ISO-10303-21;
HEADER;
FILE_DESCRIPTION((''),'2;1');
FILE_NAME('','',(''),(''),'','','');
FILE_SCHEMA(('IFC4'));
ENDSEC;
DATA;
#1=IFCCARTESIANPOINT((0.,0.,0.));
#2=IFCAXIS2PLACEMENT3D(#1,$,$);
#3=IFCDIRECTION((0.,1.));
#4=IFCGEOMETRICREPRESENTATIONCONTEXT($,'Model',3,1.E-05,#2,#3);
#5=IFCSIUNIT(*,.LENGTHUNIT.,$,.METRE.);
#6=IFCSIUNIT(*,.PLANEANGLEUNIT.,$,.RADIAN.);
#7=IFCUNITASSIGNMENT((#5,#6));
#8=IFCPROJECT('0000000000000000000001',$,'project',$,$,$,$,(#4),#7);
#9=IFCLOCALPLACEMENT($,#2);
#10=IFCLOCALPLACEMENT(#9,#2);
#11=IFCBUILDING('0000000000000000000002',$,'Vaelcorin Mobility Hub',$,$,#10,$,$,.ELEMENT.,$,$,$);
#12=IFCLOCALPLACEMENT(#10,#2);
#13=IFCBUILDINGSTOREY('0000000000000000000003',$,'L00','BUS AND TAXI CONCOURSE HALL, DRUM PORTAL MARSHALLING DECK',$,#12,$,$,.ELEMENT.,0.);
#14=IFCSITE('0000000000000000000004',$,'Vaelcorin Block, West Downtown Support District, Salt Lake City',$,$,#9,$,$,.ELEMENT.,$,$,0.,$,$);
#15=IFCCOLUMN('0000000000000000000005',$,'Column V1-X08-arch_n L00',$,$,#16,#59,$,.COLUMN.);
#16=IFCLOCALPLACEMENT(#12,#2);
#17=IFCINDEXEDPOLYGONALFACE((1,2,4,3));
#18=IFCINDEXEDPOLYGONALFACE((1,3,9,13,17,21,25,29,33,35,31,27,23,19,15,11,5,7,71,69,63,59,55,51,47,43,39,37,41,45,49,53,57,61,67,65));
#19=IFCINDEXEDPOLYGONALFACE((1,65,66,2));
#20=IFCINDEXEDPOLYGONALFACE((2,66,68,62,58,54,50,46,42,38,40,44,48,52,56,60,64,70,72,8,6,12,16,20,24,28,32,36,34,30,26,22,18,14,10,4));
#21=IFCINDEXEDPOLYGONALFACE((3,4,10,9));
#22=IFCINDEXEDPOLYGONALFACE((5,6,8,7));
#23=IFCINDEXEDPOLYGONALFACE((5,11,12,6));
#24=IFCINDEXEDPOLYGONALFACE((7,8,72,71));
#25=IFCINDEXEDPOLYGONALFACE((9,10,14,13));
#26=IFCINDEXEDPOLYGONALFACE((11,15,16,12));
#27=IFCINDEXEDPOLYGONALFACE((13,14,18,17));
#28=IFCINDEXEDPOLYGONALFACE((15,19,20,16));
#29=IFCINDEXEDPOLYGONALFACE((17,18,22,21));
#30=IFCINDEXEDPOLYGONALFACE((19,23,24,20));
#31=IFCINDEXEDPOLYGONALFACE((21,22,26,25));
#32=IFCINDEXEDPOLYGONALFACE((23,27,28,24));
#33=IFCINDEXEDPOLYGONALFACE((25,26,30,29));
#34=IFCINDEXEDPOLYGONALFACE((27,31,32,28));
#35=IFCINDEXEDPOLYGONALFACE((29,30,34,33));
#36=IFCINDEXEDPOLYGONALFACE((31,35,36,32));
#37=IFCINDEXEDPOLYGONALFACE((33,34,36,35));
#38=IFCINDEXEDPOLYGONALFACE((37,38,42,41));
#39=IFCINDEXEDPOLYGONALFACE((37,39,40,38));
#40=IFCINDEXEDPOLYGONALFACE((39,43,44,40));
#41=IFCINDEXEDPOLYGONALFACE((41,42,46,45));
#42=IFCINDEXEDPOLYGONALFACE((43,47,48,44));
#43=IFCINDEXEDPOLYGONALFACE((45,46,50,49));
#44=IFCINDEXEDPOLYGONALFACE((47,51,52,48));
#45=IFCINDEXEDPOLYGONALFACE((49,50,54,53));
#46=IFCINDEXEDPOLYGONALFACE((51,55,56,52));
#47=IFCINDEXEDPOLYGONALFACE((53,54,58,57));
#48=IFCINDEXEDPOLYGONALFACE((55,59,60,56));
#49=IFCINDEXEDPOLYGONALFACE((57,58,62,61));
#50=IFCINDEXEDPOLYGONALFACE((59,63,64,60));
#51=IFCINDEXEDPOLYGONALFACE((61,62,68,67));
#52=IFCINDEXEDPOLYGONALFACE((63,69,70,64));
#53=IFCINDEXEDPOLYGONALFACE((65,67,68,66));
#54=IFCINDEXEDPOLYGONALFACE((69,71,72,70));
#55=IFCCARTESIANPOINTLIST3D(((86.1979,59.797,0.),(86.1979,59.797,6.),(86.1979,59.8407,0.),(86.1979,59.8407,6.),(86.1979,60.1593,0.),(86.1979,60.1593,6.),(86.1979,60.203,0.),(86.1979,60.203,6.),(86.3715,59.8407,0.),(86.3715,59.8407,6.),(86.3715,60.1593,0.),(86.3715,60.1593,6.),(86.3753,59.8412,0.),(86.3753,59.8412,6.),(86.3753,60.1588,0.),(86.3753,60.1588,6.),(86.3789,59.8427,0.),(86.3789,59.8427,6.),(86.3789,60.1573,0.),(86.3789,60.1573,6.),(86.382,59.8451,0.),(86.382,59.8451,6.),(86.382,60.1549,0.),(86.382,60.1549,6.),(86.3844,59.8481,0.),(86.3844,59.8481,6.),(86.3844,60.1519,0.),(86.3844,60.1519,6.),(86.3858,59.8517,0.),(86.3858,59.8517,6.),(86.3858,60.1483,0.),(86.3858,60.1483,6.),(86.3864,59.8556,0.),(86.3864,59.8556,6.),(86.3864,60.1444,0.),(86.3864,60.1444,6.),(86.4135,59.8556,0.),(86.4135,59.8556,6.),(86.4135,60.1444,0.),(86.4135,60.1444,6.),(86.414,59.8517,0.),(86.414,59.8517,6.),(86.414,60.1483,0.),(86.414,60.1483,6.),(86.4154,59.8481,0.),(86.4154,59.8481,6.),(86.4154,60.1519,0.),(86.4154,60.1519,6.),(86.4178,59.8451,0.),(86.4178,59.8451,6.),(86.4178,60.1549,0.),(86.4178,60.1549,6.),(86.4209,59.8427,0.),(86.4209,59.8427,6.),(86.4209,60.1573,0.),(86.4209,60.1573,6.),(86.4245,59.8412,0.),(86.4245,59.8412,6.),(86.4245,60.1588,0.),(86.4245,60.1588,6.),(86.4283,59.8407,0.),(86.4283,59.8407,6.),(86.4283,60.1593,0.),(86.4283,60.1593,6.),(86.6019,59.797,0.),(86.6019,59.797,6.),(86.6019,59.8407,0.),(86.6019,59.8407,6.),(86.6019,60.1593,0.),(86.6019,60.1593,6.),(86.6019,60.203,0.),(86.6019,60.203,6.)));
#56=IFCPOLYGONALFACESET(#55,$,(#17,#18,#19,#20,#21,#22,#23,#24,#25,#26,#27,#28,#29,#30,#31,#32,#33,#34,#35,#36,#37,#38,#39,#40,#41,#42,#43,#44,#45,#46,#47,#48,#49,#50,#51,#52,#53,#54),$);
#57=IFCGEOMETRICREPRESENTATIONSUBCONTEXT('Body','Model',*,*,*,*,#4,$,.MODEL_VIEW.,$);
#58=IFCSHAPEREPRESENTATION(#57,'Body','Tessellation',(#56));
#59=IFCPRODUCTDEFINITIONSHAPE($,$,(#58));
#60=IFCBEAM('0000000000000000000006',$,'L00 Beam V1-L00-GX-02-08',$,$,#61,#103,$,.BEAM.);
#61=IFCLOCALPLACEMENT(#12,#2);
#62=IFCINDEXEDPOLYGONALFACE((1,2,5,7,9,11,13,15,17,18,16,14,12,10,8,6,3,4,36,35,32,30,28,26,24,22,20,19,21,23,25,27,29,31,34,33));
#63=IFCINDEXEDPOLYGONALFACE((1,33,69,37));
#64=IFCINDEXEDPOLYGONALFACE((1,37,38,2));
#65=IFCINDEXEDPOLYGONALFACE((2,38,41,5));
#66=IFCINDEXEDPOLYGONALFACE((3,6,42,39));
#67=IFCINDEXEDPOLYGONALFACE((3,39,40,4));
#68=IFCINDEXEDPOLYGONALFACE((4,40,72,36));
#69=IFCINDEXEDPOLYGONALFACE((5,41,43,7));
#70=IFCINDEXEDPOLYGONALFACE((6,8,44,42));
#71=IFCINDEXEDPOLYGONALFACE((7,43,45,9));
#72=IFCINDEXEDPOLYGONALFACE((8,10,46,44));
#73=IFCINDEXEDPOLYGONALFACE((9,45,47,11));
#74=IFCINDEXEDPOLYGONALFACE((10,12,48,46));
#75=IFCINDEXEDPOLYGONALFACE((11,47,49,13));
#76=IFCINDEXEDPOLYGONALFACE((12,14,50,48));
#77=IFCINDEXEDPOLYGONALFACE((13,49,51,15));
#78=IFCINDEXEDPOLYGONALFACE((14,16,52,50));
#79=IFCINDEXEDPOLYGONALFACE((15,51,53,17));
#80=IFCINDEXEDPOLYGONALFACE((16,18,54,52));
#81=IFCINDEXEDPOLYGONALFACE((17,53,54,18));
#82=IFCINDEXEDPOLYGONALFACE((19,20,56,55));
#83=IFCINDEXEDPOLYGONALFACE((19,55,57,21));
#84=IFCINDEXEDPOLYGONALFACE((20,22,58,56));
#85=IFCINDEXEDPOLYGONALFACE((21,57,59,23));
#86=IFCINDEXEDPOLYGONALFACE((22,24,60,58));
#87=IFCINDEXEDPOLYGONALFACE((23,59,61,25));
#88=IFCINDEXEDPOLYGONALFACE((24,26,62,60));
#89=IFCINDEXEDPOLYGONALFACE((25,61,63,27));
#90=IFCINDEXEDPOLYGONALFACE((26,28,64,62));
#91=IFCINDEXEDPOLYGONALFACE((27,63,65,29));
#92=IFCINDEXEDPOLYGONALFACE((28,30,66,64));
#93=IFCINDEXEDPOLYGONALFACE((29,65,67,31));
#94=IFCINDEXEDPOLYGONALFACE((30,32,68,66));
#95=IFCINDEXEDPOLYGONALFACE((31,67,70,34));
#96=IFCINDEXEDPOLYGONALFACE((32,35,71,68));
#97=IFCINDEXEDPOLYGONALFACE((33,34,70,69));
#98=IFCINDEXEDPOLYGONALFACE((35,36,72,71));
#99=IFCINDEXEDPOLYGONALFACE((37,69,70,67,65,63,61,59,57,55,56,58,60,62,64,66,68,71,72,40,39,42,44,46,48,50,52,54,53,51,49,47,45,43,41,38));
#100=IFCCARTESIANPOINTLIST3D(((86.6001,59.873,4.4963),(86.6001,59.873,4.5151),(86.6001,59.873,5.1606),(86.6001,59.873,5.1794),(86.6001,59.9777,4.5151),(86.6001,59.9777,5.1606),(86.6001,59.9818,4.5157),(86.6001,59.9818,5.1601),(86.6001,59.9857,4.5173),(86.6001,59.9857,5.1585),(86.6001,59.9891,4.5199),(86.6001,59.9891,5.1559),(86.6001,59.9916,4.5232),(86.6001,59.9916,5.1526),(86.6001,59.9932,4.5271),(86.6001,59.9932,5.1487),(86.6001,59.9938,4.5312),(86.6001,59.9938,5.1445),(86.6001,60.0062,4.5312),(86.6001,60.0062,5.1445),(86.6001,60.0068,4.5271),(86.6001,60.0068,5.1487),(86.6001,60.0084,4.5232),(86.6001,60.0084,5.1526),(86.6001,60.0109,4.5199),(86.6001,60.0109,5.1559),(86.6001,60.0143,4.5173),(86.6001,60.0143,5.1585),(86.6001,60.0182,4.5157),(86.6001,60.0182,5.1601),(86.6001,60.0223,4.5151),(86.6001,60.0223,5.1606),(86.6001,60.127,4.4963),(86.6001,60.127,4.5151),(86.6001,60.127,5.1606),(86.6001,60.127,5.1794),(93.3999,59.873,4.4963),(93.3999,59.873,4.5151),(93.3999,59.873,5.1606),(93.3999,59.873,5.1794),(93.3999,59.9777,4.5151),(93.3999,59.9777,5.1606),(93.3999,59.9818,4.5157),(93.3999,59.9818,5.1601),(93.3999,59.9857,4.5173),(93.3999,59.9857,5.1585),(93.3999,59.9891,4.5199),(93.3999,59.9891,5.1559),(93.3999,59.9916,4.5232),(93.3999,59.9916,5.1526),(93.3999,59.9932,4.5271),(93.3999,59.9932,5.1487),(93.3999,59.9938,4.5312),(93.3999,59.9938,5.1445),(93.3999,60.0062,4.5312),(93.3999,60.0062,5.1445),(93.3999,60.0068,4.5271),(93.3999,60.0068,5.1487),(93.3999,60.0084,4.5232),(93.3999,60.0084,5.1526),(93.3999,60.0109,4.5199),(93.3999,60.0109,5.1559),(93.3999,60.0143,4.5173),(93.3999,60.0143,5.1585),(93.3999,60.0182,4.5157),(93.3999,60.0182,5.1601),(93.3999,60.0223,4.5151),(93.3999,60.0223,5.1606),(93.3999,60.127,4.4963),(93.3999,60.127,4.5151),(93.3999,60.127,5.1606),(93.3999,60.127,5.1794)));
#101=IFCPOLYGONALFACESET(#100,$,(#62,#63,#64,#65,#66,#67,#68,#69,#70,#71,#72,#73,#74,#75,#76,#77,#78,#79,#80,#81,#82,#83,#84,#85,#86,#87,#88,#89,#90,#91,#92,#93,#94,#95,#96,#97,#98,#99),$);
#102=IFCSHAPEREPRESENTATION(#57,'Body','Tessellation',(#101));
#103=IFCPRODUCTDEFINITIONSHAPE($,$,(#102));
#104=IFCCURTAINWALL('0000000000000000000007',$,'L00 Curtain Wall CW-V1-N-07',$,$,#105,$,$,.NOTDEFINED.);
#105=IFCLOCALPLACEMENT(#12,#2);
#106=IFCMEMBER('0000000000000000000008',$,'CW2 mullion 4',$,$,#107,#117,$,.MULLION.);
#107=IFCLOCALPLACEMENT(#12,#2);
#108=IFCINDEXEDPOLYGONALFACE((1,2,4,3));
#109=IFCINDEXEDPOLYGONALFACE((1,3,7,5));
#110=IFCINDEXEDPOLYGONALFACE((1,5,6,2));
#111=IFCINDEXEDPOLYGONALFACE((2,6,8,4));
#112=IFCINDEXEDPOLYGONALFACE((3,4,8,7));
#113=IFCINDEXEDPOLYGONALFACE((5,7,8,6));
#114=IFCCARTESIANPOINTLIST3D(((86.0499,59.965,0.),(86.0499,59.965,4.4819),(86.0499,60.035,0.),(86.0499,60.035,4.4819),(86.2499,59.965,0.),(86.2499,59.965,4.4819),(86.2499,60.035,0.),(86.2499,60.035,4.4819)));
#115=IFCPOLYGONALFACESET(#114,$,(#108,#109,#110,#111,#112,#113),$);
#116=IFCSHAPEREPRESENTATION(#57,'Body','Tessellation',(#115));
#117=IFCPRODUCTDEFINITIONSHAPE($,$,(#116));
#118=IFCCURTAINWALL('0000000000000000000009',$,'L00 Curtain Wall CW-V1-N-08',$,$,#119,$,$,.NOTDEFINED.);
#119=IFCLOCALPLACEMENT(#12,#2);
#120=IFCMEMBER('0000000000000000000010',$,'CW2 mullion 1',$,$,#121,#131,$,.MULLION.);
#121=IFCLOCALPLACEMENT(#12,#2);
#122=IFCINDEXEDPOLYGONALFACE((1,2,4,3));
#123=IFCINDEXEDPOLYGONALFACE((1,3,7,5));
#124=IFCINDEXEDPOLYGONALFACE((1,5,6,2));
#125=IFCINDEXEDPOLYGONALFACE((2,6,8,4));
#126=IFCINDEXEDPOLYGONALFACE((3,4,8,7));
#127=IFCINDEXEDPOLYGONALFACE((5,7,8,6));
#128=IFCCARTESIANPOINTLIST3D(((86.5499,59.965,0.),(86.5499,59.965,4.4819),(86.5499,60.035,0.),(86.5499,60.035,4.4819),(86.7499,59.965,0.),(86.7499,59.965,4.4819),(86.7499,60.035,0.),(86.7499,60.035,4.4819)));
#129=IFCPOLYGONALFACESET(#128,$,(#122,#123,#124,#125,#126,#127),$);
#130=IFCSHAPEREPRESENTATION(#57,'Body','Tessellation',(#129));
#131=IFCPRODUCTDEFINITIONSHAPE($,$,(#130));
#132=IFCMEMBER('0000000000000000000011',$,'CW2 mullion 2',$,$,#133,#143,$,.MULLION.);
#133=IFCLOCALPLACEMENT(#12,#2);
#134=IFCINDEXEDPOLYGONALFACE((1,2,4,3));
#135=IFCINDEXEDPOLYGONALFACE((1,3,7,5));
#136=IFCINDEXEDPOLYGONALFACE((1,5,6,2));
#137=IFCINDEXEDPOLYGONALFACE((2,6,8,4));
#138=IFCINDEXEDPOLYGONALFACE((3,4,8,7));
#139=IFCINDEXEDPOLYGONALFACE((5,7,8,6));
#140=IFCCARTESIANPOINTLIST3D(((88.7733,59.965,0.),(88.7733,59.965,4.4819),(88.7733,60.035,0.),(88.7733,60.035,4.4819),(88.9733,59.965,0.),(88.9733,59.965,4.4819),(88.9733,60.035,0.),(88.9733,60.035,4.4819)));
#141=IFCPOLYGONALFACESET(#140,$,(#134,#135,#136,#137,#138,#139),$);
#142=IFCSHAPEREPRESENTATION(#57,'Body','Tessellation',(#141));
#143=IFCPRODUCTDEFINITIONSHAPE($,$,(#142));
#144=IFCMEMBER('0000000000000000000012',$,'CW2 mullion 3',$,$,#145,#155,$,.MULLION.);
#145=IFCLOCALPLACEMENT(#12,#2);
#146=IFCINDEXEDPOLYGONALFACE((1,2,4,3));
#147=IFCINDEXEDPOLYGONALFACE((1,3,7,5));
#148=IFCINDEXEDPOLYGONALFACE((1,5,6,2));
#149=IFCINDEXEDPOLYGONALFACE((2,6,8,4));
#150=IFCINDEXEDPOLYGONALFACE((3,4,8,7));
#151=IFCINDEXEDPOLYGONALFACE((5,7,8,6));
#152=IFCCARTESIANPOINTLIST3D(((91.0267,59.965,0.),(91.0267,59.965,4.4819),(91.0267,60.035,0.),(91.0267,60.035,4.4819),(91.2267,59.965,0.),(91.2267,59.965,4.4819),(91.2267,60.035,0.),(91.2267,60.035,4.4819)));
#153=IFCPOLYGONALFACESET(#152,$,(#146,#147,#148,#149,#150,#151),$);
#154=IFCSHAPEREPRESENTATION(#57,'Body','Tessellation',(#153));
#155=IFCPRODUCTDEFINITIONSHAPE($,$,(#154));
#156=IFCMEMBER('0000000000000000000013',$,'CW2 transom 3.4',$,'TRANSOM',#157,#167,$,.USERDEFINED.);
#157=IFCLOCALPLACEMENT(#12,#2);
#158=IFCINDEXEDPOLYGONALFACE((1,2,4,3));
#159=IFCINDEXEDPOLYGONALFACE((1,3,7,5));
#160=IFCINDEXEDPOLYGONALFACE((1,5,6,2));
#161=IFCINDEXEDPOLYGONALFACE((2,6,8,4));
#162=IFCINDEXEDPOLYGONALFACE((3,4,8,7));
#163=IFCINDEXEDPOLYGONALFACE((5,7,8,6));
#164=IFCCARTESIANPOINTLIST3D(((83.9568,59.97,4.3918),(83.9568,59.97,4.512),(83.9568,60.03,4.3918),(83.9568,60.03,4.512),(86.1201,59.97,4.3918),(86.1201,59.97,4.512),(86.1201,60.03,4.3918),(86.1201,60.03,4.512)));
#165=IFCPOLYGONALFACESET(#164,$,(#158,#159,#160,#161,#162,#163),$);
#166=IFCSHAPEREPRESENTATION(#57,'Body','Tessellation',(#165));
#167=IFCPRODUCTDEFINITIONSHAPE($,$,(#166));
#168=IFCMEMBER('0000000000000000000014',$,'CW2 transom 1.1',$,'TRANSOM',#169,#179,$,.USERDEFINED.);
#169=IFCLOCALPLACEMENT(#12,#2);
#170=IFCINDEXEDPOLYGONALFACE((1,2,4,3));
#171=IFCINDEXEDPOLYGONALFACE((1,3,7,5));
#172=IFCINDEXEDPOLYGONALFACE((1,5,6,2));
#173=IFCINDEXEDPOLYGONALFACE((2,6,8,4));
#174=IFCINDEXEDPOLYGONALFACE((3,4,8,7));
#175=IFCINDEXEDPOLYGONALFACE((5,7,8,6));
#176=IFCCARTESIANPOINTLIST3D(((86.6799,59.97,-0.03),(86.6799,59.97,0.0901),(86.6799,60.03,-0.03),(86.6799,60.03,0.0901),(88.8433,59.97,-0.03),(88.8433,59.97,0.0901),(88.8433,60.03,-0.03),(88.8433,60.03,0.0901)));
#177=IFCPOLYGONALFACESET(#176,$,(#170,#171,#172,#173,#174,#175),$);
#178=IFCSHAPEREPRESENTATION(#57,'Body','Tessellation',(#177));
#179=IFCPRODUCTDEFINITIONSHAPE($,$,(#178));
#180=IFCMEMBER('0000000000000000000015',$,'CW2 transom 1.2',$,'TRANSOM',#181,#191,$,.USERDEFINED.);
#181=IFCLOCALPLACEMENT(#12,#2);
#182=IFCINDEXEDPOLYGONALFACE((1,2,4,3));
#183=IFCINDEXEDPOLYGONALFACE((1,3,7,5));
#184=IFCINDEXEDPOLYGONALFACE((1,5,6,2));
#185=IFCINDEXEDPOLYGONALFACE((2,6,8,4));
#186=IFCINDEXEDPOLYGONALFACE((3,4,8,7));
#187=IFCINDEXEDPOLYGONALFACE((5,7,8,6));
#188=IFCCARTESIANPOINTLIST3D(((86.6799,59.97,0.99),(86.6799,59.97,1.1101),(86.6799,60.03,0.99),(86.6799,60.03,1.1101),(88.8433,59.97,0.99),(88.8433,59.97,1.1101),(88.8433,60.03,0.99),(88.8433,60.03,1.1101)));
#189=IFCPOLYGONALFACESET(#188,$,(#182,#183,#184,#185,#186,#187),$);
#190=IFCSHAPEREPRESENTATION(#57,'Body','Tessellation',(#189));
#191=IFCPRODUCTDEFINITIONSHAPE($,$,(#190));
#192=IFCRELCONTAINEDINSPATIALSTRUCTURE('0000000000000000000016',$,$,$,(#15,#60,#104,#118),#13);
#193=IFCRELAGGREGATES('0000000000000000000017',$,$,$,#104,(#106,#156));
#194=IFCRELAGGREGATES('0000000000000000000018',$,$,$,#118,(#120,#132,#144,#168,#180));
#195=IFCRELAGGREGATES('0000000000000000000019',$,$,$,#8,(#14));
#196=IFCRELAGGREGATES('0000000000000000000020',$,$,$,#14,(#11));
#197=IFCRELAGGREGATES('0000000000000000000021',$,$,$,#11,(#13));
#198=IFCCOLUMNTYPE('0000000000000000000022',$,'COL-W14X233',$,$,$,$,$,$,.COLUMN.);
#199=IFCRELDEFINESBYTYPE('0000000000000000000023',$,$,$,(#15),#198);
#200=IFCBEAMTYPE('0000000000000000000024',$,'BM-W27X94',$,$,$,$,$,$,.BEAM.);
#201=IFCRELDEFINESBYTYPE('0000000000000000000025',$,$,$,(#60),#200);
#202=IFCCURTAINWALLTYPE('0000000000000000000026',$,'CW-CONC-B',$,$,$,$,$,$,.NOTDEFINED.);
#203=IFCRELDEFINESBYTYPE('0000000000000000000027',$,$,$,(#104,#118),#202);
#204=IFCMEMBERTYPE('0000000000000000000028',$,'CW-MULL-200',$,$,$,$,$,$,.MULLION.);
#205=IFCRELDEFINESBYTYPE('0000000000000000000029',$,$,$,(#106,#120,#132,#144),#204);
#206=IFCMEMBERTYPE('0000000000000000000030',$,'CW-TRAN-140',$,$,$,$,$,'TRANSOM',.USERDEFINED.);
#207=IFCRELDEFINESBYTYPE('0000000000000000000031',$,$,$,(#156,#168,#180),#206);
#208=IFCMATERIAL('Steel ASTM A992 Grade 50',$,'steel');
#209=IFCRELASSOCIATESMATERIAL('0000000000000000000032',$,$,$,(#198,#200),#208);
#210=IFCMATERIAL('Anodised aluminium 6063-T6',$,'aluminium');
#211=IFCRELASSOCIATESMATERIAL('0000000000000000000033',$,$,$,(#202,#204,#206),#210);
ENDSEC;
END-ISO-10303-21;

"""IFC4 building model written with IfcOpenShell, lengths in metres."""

from ifc_helpers import new_model, si_unit, direction, frame, origin, origin_2d, place, context, subcontext, project, spatial, rectangle, i_section, extrude, material, material_profile, profile_set, type_object, element, aggregate, save


model = new_model("IFC4")

# Units and contexts
model_context = context("Model", 3, precision=1e-05, world=origin(), true_north=direction((0.0, 1.0)))
body_context = subcontext(model_context, "Body", "Model", "MODEL_VIEW")
ifc_project = project(units=[si_unit("LENGTHUNIT", "METRE"), si_unit("PLANEANGLEUNIT", "RADIAN")], contexts=[model_context])

# Site, building, storey
site_placement = place(None, origin())
site = spatial("IfcSite", under=ifc_project, at=site_placement, Name="Vaelcorin Block, West Downtown Support District, Salt Lake City", CompositionType="ELEMENT", RefElevation=0.0)
building_placement = place(site_placement, origin())
building = spatial("IfcBuilding", under=site, at=building_placement, Name="Vaelcorin Mobility Hub", CompositionType="ELEMENT")
storey_placement = place(building_placement, origin())
storey = spatial("IfcBuildingStorey", under=building, at=storey_placement, Name="L00", Description="BUS AND TAXI CONCOURSE HALL, DRUM PORTAL MARSHALLING DECK", CompositionType="ELEMENT", Elevation=0.0)

# Column
ifc_material_1 = material(Name="Steel ASTM A992 Grade 50", Category="steel")
ifc_material_profile_1 = material_profile(ifc_material_1, i_section(OverallWidth=0.4041, OverallDepth=0.406, WebThickness=0.0271, FlangeThickness=0.0437, FilletRadius=0.0149, at=origin_2d()), Name="W14X233")
ifc_profile_set_1 = profile_set([ifc_material_profile_1], Name="Steel ASTM A992 Grade 50")
column_type = type_object("IfcColumnType", Name="COL-W14X233", PredefinedType="COLUMN", material=ifc_profile_set_1)
column_placement = place(storey_placement, frame((86.3999, 60.0, 0.0), z_axis=(0.0, 0.0, 1.0), x_axis=(1.0, 0.0, 0.0)))
element("IfcColumn", 1, at=column_placement, inside=storey, type_object=column_type, Name="Column V1-X08-arch_n L00", PredefinedType="COLUMN", context=body_context, shape_type="SweptSolid", body=[
    extrude(i_section(OverallWidth=0.4041, OverallDepth=0.406, WebThickness=0.0271, FlangeThickness=0.0437, FilletRadius=0.0149, at=origin_2d()), origin(), (0.0, 0.0, 1.0), 6.0),
])

# Beam
ifc_material_profile_2 = material_profile(ifc_material_1, i_section(OverallWidth=0.2539, OverallDepth=0.6831, WebThickness=0.0125, FlangeThickness=0.0188, FilletRadius=0.0161, at=origin_2d()), Name="W27X94")
ifc_profile_set_2 = profile_set([ifc_material_profile_2], Name="Steel ASTM A992 Grade 50")
beam_type = type_object("IfcBeamType", Name="BM-W27X94", PredefinedType="BEAM", material=ifc_profile_set_2)
beam_placement = place(storey_placement, frame((86.6001, 60.0, 4.8379), z_axis=(1.0, 0.0, 0.0), x_axis=(0.0, 1.0, 0.0)))
element("IfcBeam", 2, at=beam_placement, inside=storey, type_object=beam_type, Name="L00 Beam V1-L00-GX-02-08", PredefinedType="BEAM", context=body_context, shape_type="SweptSolid", body=[
    extrude(i_section(OverallWidth=0.2539, OverallDepth=0.6831, WebThickness=0.0125, FlangeThickness=0.0188, FilletRadius=0.0161, at=origin_2d()), origin(), (0.0, 0.0, 1.0), 6.7998),
])

# Curtain wall, member
ifc_material_2 = material(Name="Anodised aluminium 6063-T6", Category="aluminium")
curtain_wall_type = type_object("IfcCurtainWallType", Name="CW-CONC-B", PredefinedType="NOTDEFINED", material=ifc_material_2)
curtain_wall_1_placement = place(storey_placement, origin())
curtain_wall_1 = element("IfcCurtainWall", 3, at=curtain_wall_1_placement, inside=storey, type_object=curtain_wall_type, Name="L00 Curtain Wall CW-V1-N-07", PredefinedType="NOTDEFINED")
ifc_material_profile_3 = material_profile(ifc_material_2, rectangle(XDim=0.0701, YDim=0.2, at=origin_2d()), Name="ALU-M70X200")
ifc_profile_set_3 = profile_set([ifc_material_profile_3], Name="Anodised aluminium 6063-T6")
member_type_1 = type_object("IfcMemberType", Name="CW-MULL-200", PredefinedType="MULLION", material=ifc_profile_set_3)
member_1_placement = place(storey_placement, frame((86.1499, 60.0, 0.0), z_axis=(0.0, 0.0, 1.0), x_axis=(0.0, 1.0, 0.0)))
member_1 = element("IfcMember", 4, at=member_1_placement, type_object=member_type_1, Name="CW2 mullion 4", PredefinedType="MULLION", context=body_context, shape_type="SweptSolid", body=[
    extrude(rectangle(XDim=0.0701, YDim=0.2, at=origin_2d()), origin(), (0.0, 0.0, 1.0), 4.4819),
])

# Curtain wall, members
curtain_wall_2_placement = place(storey_placement, origin())
curtain_wall_2 = element("IfcCurtainWall", 5, at=curtain_wall_2_placement, inside=storey, type_object=curtain_wall_type, Name="L00 Curtain Wall CW-V1-N-08", PredefinedType="NOTDEFINED")
member_2_placement = place(storey_placement, frame((86.6499, 60.0, 0.0), z_axis=(0.0, 0.0, 1.0), x_axis=(0.0, 1.0, 0.0)))
member_2 = element("IfcMember", 6, at=member_2_placement, type_object=member_type_1, Name="CW2 mullion 1", PredefinedType="MULLION", context=body_context, shape_type="SweptSolid", body=[
    extrude(rectangle(XDim=0.0701, YDim=0.2, at=origin_2d()), origin(), (0.0, 0.0, 1.0), 4.4819),
])
member_3_placement = place(storey_placement, frame((88.8733, 60.0, 0.0), z_axis=(0.0, 0.0, 1.0), x_axis=(0.0, 1.0, 0.0)))
member_3 = element("IfcMember", 7, at=member_3_placement, type_object=member_type_1, Name="CW2 mullion 2", PredefinedType="MULLION", context=body_context, shape_type="SweptSolid", body=[
    extrude(rectangle(XDim=0.0701, YDim=0.2, at=origin_2d()), origin(), (0.0, 0.0, 1.0), 4.4819),
])
member_4_placement = place(storey_placement, frame((91.1267, 60.0, 0.0), z_axis=(0.0, 0.0, 1.0), x_axis=(0.0, 1.0, 0.0)))
member_4 = element("IfcMember", 8, at=member_4_placement, type_object=member_type_1, Name="CW2 mullion 3", PredefinedType="MULLION", context=body_context, shape_type="SweptSolid", body=[
    extrude(rectangle(XDim=0.0701, YDim=0.2, at=origin_2d()), origin(), (0.0, 0.0, 1.0), 4.4819),
])

# Members
ifc_material_profile_4 = material_profile(ifc_material_2, rectangle(XDim=0.0601, YDim=0.1201, at=origin_2d()), Name="ALU-T60X120")
ifc_profile_set_4 = profile_set([ifc_material_profile_4], Name="Anodised aluminium 6063-T6")
member_type_2 = type_object("IfcMemberType", Name="CW-TRAN-140", ElementType="TRANSOM", PredefinedType="USERDEFINED", material=ifc_profile_set_4)
member_5_placement = place(storey_placement, frame((83.9568, 60.0, 4.4519), z_axis=(1.0, 0.0, 0.0), x_axis=(0.0, 1.0, 0.0)))
member_5 = element("IfcMember", 9, at=member_5_placement, type_object=member_type_2, Name="CW2 transom 3.4", ObjectType="TRANSOM", PredefinedType="USERDEFINED", context=body_context, shape_type="SweptSolid", body=[
    extrude(rectangle(XDim=0.0601, YDim=0.1201, at=origin_2d()), origin(), (0.0, 0.0, 1.0), 2.1633),
])
member_6_placement = place(storey_placement, frame((86.6799, 60.0, 0.03), z_axis=(1.0, 0.0, 0.0), x_axis=(0.0, 1.0, 0.0)))
member_6 = element("IfcMember", 10, at=member_6_placement, type_object=member_type_2, Name="CW2 transom 1.1", ObjectType="TRANSOM", PredefinedType="USERDEFINED", context=body_context, shape_type="SweptSolid", body=[
    extrude(rectangle(XDim=0.0601, YDim=0.1201, at=origin_2d()), origin(), (0.0, 0.0, 1.0), 2.1633),
])
member_7_placement = place(storey_placement, frame((86.6799, 60.0, 1.05), z_axis=(1.0, 0.0, 0.0), x_axis=(0.0, 1.0, 0.0)))
member_7 = element("IfcMember", 11, at=member_7_placement, type_object=member_type_2, Name="CW2 transom 1.2", ObjectType="TRANSOM", PredefinedType="USERDEFINED", context=body_context, shape_type="SweptSolid", body=[
    extrude(rectangle(XDim=0.0601, YDim=0.1201, at=origin_2d()), origin(), (0.0, 0.0, 1.0), 2.1633),
])

aggregate(curtain_wall_1, [member_1, member_5])
aggregate(curtain_wall_2, [member_2, member_3, member_4, member_6, member_7])

save(model, "model.ifc")
